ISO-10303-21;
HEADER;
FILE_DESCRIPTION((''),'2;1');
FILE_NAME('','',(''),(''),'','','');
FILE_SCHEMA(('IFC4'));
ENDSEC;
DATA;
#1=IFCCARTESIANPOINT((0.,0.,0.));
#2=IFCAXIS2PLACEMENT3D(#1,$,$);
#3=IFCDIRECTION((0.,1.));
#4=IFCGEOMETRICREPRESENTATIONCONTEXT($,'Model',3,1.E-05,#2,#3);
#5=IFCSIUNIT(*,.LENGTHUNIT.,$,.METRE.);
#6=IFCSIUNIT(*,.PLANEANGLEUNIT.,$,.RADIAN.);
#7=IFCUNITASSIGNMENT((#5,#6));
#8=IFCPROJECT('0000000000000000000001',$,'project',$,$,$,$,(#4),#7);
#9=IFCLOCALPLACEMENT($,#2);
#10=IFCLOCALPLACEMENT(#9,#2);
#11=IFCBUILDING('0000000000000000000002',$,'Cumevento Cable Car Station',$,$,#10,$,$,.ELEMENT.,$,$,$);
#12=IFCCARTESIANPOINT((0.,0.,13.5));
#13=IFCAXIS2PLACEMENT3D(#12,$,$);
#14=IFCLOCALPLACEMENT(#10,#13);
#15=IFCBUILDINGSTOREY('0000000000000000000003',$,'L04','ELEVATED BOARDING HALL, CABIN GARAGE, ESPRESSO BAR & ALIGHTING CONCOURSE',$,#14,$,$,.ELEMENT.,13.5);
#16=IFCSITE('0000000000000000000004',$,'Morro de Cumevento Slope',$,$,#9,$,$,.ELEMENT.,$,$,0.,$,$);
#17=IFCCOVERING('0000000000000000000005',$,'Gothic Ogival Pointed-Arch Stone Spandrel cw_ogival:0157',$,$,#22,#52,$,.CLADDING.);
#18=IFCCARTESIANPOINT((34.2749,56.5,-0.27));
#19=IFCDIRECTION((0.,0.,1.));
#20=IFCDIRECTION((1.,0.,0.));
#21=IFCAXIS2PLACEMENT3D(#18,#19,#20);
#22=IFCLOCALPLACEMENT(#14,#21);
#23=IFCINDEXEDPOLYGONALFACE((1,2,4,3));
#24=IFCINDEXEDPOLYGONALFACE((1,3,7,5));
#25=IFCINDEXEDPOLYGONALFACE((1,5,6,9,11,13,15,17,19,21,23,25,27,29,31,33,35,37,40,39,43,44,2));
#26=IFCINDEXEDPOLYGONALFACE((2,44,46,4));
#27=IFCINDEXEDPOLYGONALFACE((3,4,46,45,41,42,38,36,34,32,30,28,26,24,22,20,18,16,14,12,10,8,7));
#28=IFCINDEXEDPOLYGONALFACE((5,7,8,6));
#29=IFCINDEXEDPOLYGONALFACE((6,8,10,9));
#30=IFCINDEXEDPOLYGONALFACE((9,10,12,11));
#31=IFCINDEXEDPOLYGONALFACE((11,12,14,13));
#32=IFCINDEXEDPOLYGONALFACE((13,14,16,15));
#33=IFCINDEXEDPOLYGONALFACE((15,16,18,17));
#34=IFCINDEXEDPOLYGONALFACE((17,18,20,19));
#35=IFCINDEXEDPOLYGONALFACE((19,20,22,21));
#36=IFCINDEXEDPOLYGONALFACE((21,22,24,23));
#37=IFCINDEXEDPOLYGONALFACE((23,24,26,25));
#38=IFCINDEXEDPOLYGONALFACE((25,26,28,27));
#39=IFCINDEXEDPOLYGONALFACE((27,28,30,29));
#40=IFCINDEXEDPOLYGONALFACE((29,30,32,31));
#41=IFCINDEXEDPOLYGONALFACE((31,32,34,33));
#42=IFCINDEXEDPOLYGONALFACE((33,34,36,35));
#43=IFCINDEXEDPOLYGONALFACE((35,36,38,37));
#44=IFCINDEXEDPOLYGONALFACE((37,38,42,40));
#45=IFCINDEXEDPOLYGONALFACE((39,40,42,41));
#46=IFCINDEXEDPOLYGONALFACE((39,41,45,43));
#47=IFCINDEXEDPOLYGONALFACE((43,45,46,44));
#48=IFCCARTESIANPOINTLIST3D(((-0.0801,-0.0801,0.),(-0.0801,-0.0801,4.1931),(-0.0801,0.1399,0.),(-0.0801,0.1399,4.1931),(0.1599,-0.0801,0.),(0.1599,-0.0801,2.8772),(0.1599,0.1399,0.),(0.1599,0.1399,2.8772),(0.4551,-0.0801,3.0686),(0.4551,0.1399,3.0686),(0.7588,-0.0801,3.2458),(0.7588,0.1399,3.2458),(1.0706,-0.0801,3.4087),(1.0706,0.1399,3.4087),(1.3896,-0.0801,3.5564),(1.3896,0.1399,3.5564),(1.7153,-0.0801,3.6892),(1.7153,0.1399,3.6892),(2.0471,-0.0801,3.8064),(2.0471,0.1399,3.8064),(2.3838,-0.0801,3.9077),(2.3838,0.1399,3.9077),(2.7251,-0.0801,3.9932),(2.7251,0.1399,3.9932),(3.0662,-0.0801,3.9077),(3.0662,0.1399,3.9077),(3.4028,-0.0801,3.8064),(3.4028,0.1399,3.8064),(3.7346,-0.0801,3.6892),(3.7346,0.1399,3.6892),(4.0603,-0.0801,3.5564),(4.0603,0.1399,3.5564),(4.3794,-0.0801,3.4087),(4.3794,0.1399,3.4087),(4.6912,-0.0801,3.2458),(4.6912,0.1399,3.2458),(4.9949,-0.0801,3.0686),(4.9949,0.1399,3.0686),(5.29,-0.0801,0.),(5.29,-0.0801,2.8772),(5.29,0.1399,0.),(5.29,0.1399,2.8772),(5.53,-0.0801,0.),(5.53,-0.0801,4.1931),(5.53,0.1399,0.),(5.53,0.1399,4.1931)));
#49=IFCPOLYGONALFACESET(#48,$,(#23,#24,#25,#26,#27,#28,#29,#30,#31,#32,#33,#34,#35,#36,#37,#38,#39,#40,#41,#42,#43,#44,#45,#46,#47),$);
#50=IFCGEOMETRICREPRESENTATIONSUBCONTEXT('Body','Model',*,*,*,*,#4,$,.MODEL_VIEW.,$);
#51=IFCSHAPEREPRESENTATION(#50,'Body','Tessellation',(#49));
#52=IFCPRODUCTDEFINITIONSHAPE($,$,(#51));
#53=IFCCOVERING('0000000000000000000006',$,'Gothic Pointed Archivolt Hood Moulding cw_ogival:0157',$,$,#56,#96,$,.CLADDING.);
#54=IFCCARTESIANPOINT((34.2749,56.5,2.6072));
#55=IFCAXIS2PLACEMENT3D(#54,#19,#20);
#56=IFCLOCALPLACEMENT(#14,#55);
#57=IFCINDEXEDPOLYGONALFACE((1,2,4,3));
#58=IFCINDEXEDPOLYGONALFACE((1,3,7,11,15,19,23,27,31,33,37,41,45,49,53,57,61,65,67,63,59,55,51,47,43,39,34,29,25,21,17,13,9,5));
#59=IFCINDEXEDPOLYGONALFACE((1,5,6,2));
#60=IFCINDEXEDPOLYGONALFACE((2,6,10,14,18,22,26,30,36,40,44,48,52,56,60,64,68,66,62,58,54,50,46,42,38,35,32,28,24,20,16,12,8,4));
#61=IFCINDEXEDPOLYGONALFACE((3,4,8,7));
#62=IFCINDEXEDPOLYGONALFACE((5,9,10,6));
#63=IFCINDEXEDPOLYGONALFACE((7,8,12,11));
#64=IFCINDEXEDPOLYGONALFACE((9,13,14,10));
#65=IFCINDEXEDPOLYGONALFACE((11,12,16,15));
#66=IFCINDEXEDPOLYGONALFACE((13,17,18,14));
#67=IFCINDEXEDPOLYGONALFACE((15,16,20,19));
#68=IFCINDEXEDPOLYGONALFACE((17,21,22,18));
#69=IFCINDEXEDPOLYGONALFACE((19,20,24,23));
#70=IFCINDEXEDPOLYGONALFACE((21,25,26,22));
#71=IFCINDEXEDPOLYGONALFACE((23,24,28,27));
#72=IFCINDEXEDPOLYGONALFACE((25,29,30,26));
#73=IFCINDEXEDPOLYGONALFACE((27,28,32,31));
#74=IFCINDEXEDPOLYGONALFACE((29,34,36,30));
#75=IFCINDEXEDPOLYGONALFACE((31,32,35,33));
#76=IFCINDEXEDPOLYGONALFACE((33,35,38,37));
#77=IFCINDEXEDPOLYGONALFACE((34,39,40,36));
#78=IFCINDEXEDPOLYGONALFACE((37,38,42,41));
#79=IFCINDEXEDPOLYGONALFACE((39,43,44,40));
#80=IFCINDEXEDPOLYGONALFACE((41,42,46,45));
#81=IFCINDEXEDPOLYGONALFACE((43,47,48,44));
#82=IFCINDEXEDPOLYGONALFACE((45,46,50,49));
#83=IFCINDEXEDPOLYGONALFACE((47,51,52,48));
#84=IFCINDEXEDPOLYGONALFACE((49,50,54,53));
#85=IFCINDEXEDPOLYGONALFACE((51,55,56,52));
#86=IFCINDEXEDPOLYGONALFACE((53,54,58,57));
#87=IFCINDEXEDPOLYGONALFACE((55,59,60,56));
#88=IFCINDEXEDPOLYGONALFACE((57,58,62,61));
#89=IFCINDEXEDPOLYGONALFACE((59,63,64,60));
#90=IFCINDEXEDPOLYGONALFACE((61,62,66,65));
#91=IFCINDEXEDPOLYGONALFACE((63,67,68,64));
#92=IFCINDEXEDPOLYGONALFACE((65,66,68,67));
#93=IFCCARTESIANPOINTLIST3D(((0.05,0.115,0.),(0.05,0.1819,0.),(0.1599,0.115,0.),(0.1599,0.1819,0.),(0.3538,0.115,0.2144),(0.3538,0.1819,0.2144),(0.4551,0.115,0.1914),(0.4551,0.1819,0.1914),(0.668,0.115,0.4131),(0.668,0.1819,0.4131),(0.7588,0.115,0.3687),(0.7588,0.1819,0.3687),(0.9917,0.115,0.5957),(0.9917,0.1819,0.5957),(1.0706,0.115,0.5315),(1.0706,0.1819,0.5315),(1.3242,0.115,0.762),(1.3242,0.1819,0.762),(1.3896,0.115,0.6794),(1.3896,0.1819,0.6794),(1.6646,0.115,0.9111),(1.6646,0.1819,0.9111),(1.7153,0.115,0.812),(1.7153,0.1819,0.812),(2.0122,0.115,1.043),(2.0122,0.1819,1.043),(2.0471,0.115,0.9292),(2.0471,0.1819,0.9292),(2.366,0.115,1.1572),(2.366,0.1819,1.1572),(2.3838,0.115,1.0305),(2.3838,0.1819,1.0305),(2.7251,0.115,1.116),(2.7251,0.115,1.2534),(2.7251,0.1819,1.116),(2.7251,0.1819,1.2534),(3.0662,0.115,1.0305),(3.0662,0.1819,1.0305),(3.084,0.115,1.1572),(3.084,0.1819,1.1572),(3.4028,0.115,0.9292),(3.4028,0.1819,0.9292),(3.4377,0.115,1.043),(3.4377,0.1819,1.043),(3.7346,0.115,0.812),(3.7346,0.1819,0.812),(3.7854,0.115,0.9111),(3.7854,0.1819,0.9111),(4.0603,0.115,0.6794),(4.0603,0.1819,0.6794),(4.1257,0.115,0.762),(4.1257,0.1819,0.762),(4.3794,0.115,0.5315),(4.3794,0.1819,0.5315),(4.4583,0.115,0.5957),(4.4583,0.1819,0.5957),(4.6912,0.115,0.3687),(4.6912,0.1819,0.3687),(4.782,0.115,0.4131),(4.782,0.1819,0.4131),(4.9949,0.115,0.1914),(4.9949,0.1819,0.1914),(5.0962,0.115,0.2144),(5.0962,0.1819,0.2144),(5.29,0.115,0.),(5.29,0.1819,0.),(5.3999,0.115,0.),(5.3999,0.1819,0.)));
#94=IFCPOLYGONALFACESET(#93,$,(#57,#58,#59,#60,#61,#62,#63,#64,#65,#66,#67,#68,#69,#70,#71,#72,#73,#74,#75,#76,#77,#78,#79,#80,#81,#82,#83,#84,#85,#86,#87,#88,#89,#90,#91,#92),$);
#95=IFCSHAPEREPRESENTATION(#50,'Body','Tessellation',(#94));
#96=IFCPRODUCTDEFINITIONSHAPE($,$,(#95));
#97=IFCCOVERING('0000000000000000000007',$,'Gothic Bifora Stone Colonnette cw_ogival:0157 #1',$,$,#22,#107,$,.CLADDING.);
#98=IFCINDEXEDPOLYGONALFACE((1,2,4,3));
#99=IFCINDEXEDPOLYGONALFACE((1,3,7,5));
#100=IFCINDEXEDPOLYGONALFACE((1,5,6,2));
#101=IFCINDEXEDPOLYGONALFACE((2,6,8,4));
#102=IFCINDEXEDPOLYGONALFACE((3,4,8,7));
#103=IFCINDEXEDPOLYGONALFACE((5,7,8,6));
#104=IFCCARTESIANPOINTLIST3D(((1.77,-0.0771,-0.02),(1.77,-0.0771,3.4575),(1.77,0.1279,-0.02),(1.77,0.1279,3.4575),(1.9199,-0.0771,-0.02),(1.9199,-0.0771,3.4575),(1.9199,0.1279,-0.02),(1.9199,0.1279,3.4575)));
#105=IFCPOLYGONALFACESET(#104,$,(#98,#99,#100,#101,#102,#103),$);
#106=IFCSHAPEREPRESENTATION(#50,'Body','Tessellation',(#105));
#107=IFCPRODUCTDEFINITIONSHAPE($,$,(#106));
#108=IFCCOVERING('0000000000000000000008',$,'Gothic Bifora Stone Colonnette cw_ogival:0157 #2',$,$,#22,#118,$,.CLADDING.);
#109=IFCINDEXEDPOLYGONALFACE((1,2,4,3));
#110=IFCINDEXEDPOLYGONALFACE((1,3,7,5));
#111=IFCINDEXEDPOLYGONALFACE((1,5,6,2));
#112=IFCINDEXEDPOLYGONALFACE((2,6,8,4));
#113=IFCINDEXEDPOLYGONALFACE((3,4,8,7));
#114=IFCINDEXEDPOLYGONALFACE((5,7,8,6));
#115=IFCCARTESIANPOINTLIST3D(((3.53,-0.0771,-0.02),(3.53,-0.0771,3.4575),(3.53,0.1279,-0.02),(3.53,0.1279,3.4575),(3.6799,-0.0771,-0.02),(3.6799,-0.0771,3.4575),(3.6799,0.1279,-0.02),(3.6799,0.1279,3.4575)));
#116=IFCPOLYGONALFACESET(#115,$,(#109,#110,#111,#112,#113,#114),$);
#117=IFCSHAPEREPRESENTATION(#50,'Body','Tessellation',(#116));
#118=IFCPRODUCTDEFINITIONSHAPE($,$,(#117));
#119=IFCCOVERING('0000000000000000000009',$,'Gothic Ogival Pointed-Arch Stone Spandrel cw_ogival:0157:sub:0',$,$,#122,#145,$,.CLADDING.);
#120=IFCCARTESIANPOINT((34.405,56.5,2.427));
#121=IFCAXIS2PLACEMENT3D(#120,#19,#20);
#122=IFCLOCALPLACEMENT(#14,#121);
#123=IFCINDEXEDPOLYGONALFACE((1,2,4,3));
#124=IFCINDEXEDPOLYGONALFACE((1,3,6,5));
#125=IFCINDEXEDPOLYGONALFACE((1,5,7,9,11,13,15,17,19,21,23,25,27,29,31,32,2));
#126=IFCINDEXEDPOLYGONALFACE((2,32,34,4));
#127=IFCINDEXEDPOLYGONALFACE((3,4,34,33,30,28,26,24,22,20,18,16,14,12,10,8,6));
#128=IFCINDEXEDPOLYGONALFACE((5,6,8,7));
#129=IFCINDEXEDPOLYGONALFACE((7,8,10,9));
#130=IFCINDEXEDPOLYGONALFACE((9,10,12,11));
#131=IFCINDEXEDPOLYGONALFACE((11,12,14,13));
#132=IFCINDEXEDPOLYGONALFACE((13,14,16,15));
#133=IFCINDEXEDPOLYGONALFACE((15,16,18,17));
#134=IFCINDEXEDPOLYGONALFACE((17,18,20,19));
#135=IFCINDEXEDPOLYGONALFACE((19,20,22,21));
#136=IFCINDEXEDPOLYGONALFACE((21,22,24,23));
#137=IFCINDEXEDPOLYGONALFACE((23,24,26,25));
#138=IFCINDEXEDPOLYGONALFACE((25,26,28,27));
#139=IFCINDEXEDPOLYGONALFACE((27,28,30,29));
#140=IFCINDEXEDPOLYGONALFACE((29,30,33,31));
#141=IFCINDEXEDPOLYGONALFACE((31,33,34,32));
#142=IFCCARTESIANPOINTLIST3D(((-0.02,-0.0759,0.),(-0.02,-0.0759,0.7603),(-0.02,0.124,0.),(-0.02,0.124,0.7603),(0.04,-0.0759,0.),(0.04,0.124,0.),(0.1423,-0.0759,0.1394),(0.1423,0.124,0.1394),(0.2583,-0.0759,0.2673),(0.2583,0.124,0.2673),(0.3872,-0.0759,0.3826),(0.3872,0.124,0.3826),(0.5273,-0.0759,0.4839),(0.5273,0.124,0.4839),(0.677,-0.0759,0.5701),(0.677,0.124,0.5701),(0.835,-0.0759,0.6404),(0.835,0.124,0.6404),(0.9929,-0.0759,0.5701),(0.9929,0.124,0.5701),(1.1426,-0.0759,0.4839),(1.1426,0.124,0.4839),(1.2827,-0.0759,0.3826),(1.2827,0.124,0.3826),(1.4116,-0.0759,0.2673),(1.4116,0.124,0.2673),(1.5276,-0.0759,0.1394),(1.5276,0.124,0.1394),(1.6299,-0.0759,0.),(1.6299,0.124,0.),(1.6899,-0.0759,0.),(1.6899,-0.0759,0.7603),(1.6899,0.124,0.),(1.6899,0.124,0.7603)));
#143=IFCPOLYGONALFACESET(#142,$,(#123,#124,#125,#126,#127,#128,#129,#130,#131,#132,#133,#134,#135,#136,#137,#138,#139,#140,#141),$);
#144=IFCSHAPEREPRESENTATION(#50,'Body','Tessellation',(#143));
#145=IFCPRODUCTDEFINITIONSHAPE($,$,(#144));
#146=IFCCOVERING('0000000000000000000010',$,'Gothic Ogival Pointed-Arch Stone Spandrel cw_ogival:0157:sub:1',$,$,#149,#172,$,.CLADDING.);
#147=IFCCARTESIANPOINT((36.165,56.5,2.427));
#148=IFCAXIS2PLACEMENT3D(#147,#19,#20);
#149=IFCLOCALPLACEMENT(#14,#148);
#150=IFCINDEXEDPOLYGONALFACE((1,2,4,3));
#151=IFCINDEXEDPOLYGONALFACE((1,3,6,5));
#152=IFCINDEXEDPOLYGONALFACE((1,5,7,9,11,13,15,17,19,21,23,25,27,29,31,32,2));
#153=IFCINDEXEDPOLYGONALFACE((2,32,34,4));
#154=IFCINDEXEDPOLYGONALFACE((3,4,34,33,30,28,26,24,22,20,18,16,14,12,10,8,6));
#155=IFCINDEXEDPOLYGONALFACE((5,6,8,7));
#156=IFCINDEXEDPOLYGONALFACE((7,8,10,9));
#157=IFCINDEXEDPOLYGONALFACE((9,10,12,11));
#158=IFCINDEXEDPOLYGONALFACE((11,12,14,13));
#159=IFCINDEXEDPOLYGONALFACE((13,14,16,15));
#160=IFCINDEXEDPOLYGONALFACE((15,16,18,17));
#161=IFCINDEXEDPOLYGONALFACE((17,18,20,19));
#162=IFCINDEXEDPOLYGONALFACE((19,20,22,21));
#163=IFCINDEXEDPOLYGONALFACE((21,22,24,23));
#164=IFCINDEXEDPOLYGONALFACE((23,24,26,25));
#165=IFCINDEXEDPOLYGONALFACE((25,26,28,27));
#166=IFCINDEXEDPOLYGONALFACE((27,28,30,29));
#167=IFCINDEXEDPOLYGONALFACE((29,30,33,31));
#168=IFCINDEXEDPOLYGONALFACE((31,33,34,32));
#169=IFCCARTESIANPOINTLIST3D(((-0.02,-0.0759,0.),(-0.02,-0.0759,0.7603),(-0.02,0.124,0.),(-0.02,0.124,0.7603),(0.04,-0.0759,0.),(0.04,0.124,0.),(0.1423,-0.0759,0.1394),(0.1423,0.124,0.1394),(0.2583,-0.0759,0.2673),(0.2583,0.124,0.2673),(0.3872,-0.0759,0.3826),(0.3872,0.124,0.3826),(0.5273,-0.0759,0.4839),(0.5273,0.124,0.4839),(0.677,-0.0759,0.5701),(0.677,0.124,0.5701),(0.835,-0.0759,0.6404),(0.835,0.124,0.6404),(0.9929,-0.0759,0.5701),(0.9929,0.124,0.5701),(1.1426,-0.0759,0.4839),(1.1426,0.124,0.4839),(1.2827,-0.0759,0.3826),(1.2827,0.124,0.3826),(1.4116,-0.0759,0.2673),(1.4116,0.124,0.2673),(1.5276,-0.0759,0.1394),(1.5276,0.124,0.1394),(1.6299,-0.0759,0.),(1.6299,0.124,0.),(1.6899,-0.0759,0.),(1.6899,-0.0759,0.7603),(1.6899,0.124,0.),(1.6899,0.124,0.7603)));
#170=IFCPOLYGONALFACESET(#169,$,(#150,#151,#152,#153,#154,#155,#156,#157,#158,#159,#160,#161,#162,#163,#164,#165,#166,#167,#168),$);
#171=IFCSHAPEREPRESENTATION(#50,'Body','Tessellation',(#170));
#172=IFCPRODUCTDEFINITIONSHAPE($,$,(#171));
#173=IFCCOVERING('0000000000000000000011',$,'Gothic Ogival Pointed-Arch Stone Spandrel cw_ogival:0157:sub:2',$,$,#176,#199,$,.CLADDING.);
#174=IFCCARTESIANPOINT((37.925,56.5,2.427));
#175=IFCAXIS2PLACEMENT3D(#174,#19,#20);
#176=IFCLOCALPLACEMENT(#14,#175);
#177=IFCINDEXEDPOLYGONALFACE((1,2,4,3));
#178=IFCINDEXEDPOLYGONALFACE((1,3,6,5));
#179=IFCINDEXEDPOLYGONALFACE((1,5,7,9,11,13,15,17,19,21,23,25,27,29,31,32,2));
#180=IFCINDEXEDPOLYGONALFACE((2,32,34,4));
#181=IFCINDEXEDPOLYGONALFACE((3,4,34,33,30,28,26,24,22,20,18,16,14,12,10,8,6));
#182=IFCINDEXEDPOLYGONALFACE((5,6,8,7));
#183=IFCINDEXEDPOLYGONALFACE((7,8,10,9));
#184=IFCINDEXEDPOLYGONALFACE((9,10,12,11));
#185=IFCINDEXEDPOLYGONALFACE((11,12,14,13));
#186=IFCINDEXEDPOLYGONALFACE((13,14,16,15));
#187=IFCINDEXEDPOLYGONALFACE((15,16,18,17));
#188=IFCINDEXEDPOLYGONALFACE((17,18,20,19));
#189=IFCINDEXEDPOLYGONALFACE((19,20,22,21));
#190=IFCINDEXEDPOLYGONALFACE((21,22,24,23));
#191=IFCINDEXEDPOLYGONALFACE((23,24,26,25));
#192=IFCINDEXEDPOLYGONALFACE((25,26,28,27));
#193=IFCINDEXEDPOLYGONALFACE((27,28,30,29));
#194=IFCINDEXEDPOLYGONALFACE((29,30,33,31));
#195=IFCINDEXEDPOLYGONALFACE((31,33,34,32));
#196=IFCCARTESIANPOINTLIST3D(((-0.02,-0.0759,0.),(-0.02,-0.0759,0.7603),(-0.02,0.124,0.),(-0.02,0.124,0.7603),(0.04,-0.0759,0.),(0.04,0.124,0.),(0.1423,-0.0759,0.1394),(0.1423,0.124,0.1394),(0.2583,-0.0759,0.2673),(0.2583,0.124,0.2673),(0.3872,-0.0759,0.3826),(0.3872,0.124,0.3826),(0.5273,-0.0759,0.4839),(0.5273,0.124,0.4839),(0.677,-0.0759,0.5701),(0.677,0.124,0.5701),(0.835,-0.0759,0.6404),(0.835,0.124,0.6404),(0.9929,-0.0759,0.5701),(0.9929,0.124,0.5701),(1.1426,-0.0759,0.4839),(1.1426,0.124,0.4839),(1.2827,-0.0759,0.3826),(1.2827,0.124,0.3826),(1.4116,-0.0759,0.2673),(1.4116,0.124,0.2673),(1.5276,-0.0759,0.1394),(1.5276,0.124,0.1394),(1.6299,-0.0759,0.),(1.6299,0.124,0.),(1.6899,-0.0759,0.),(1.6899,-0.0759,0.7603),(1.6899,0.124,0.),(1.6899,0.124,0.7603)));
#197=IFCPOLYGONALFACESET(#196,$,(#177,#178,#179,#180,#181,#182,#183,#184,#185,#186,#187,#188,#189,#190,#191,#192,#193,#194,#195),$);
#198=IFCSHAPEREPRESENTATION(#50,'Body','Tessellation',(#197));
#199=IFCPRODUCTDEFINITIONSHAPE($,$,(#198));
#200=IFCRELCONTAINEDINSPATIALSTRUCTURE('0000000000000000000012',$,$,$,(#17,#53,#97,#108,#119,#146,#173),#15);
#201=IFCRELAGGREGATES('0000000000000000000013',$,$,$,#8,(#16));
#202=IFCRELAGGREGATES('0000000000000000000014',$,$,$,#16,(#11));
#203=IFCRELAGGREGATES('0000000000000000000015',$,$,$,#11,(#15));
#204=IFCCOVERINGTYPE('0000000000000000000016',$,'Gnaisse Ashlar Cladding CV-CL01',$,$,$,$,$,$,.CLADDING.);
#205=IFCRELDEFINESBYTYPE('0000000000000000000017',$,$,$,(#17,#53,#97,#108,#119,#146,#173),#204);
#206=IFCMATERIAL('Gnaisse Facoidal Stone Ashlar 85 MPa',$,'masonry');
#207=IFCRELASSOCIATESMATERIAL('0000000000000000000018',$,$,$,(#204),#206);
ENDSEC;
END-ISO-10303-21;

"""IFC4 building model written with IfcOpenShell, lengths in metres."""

from ifc_helpers import new_model, si_unit, direction, frame, origin, place, context, subcontext, project, spatial, polyline, outline, extrude, material, type_object, element, save


model = new_model("IFC4")

# Units and contexts
model_context = context("Model", 3, precision=1e-05, world=origin(), true_north=direction((0.0, 1.0)))
body_context = subcontext(model_context, "Body", "Model", "MODEL_VIEW")
ifc_project = project(units=[si_unit("LENGTHUNIT", "METRE"), si_unit("PLANEANGLEUNIT", "RADIAN")], contexts=[model_context])

# Site, building, storey
site_placement = place(None, origin())
site = spatial("IfcSite", under=ifc_project, at=site_placement, Name="Morro de Cumevento Slope", CompositionType="ELEMENT", RefElevation=0.0)
building_placement = place(site_placement, origin())
building = spatial("IfcBuilding", under=site, at=building_placement, Name="Cumevento Cable Car Station", CompositionType="ELEMENT")
storey_placement = place(building_placement, frame((0.0, 0.0, 13.5)))
storey = spatial("IfcBuildingStorey", under=building, at=storey_placement, Name="L04", Description="ELEVATED BOARDING HALL, CABIN GARAGE, ESPRESSO BAR & ALIGHTING CONCOURSE", CompositionType="ELEMENT", Elevation=13.5)

# Coverings
ifc_material_1 = material(Name="Gnaisse Facoidal Stone Ashlar 85 MPa", Category="masonry")
covering_type = type_object("IfcCoveringType", Name="Gnaisse Ashlar Cladding CV-CL01", PredefinedType="CLADDING", material=ifc_material_1)
placement = place(storey_placement, frame((34.2749, 56.5, -0.27), z_axis=(0.0, 0.0, 1.0), x_axis=(1.0, 0.0, 0.0)))
element("IfcCovering", 1, at=placement, inside=storey, type_object=covering_type, Name="Gothic Ogival Pointed-Arch Stone Spandrel cw_ogival:0157", PredefinedType="CLADDING", context=body_context, shape_type="SweptSolid", body=[
    extrude(outline(polyline([(-0.0801, 0.0), (-0.0801, 4.1931), (5.53, 4.1931), (5.53, 0.0), (5.29, 0.0), (5.29, 2.8772), (4.9949, 3.0686), (4.6912, 3.2458), (4.3794, 3.4087), (4.0603, 3.5564), (3.7346, 3.6892), (3.4028, 3.8064), (3.0662, 3.9077), (2.7251, 3.9932), (2.3838, 3.9077), (2.0471, 3.8064), (1.7153, 3.6892), (1.3896, 3.5564), (1.0706, 3.4087), (0.7588, 3.2458), (0.4551, 3.0686), (0.1599, 2.8772), (0.1599, 0.0), (-0.0801, 0.0)])), frame((0.0, 0.1399, 0.0), z_axis=(0.0, -1.0, 0.0), x_axis=(1.0, 0.0, 0.0)), (0.0, 0.0, 1.0), 0.22),
])
covering_1_placement = place(storey_placement, frame((34.2749, 56.5, 2.6072), z_axis=(0.0, 0.0, 1.0), x_axis=(1.0, 0.0, 0.0)))
element("IfcCovering", 2, at=covering_1_placement, inside=storey, type_object=covering_type, Name="Gothic Pointed Archivolt Hood Moulding cw_ogival:0157", PredefinedType="CLADDING", context=body_context, shape_type="SweptSolid", body=[
    extrude(outline(polyline([(0.1599, 0.0), (0.4551, 0.1914), (0.7588, 0.3687), (1.0706, 0.5315), (1.3896, 0.6794), (1.7153, 0.812), (2.0471, 0.9292), (2.3838, 1.0305), (2.7251, 1.116), (3.0662, 1.0305), (3.4028, 0.9292), (3.7346, 0.812), (4.0603, 0.6794), (4.3794, 0.5315), (4.6912, 0.3687), (4.9949, 0.1914), (5.29, 0.0), (5.3999, 0.0), (5.0962, 0.2144), (4.782, 0.4131), (4.4583, 0.5957), (4.1257, 0.762), (3.7854, 0.9111), (3.4377, 1.043), (3.084, 1.1572), (2.7251, 1.2534), (2.366, 1.1572), (2.0122, 1.043), (1.6646, 0.9111), (1.3242, 0.762), (0.9917, 0.5957), (0.668, 0.4131), (0.3538, 0.2144), (0.05, 0.0), (0.1599, 0.0)])), frame((0.0, 0.1819, 0.0), z_axis=(0.0, -1.0, 0.0), x_axis=(1.0, 0.0, 0.0)), (0.0, 0.0, 1.0), 0.0669),
])
element("IfcCovering", 3, at=placement, inside=storey, type_object=covering_type, Name="Gothic Bifora Stone Colonnette cw_ogival:0157 #1", PredefinedType="CLADDING", context=body_context, shape_type="SweptSolid", body=[
    extrude(outline(polyline([(1.77, -0.02), (1.9199, -0.02), (1.9199, 3.4575), (1.77, 3.4575), (1.77, -0.02)])), frame((0.0, 0.1279, 0.0), z_axis=(0.0, -1.0, 0.0), x_axis=(1.0, 0.0, 0.0)), (0.0, 0.0, 1.0), 0.2051),
])
element("IfcCovering", 4, at=placement, inside=storey, type_object=covering_type, Name="Gothic Bifora Stone Colonnette cw_ogival:0157 #2", PredefinedType="CLADDING", context=body_context, shape_type="SweptSolid", body=[
    extrude(outline(polyline([(3.53, -0.02), (3.6799, -0.02), (3.6799, 3.4575), (3.53, 3.4575), (3.53, -0.02)])), frame((0.0, 0.1279, 0.0), z_axis=(0.0, -1.0, 0.0), x_axis=(1.0, 0.0, 0.0)), (0.0, 0.0, 1.0), 0.2051),
])
for number, where, z_axis, x_axis, name in (
    (5, (34.405, 56.5, 2.427), (0.0, 0.0, 1.0), (1.0, 0.0, 0.0), "Gothic Ogival Pointed-Arch Stone Spandrel cw_ogival:0157:sub:0"),
    (6, (36.165, 56.5, 2.427), (0.0, 0.0, 1.0), (1.0, 0.0, 0.0), "Gothic Ogival Pointed-Arch Stone Spandrel cw_ogival:0157:sub:1"),
    (7, (37.925, 56.5, 2.427), (0.0, 0.0, 1.0), (1.0, 0.0, 0.0), "Gothic Ogival Pointed-Arch Stone Spandrel cw_ogival:0157:sub:2"),
):
    element("IfcCovering", number, at=place(storey_placement, frame(where, z_axis=z_axis, x_axis=x_axis)), inside=storey, type_object=covering_type, Name=name, PredefinedType="CLADDING", context=body_context, shape_type="SweptSolid", body=[
        extrude(outline(polyline([(-0.02, 0.0), (-0.02, 0.7603), (1.6899, 0.7603), (1.6899, 0.0), (1.6299, 0.0), (1.5276, 0.1394), (1.4116, 0.2673), (1.2827, 0.3826), (1.1426, 0.4839), (0.9929, 0.5701), (0.835, 0.6404), (0.677, 0.5701), (0.5273, 0.4839), (0.3872, 0.3826), (0.2583, 0.2673), (0.1423, 0.1394), (0.04, 0.0), (-0.02, 0.0)])), frame((0.0, 0.124, 0.0), z_axis=(0.0, -1.0, 0.0), x_axis=(1.0, 0.0, 0.0)), (0.0, 0.0, 1.0), 0.2),
    ])

save(model, "model.ifc")
